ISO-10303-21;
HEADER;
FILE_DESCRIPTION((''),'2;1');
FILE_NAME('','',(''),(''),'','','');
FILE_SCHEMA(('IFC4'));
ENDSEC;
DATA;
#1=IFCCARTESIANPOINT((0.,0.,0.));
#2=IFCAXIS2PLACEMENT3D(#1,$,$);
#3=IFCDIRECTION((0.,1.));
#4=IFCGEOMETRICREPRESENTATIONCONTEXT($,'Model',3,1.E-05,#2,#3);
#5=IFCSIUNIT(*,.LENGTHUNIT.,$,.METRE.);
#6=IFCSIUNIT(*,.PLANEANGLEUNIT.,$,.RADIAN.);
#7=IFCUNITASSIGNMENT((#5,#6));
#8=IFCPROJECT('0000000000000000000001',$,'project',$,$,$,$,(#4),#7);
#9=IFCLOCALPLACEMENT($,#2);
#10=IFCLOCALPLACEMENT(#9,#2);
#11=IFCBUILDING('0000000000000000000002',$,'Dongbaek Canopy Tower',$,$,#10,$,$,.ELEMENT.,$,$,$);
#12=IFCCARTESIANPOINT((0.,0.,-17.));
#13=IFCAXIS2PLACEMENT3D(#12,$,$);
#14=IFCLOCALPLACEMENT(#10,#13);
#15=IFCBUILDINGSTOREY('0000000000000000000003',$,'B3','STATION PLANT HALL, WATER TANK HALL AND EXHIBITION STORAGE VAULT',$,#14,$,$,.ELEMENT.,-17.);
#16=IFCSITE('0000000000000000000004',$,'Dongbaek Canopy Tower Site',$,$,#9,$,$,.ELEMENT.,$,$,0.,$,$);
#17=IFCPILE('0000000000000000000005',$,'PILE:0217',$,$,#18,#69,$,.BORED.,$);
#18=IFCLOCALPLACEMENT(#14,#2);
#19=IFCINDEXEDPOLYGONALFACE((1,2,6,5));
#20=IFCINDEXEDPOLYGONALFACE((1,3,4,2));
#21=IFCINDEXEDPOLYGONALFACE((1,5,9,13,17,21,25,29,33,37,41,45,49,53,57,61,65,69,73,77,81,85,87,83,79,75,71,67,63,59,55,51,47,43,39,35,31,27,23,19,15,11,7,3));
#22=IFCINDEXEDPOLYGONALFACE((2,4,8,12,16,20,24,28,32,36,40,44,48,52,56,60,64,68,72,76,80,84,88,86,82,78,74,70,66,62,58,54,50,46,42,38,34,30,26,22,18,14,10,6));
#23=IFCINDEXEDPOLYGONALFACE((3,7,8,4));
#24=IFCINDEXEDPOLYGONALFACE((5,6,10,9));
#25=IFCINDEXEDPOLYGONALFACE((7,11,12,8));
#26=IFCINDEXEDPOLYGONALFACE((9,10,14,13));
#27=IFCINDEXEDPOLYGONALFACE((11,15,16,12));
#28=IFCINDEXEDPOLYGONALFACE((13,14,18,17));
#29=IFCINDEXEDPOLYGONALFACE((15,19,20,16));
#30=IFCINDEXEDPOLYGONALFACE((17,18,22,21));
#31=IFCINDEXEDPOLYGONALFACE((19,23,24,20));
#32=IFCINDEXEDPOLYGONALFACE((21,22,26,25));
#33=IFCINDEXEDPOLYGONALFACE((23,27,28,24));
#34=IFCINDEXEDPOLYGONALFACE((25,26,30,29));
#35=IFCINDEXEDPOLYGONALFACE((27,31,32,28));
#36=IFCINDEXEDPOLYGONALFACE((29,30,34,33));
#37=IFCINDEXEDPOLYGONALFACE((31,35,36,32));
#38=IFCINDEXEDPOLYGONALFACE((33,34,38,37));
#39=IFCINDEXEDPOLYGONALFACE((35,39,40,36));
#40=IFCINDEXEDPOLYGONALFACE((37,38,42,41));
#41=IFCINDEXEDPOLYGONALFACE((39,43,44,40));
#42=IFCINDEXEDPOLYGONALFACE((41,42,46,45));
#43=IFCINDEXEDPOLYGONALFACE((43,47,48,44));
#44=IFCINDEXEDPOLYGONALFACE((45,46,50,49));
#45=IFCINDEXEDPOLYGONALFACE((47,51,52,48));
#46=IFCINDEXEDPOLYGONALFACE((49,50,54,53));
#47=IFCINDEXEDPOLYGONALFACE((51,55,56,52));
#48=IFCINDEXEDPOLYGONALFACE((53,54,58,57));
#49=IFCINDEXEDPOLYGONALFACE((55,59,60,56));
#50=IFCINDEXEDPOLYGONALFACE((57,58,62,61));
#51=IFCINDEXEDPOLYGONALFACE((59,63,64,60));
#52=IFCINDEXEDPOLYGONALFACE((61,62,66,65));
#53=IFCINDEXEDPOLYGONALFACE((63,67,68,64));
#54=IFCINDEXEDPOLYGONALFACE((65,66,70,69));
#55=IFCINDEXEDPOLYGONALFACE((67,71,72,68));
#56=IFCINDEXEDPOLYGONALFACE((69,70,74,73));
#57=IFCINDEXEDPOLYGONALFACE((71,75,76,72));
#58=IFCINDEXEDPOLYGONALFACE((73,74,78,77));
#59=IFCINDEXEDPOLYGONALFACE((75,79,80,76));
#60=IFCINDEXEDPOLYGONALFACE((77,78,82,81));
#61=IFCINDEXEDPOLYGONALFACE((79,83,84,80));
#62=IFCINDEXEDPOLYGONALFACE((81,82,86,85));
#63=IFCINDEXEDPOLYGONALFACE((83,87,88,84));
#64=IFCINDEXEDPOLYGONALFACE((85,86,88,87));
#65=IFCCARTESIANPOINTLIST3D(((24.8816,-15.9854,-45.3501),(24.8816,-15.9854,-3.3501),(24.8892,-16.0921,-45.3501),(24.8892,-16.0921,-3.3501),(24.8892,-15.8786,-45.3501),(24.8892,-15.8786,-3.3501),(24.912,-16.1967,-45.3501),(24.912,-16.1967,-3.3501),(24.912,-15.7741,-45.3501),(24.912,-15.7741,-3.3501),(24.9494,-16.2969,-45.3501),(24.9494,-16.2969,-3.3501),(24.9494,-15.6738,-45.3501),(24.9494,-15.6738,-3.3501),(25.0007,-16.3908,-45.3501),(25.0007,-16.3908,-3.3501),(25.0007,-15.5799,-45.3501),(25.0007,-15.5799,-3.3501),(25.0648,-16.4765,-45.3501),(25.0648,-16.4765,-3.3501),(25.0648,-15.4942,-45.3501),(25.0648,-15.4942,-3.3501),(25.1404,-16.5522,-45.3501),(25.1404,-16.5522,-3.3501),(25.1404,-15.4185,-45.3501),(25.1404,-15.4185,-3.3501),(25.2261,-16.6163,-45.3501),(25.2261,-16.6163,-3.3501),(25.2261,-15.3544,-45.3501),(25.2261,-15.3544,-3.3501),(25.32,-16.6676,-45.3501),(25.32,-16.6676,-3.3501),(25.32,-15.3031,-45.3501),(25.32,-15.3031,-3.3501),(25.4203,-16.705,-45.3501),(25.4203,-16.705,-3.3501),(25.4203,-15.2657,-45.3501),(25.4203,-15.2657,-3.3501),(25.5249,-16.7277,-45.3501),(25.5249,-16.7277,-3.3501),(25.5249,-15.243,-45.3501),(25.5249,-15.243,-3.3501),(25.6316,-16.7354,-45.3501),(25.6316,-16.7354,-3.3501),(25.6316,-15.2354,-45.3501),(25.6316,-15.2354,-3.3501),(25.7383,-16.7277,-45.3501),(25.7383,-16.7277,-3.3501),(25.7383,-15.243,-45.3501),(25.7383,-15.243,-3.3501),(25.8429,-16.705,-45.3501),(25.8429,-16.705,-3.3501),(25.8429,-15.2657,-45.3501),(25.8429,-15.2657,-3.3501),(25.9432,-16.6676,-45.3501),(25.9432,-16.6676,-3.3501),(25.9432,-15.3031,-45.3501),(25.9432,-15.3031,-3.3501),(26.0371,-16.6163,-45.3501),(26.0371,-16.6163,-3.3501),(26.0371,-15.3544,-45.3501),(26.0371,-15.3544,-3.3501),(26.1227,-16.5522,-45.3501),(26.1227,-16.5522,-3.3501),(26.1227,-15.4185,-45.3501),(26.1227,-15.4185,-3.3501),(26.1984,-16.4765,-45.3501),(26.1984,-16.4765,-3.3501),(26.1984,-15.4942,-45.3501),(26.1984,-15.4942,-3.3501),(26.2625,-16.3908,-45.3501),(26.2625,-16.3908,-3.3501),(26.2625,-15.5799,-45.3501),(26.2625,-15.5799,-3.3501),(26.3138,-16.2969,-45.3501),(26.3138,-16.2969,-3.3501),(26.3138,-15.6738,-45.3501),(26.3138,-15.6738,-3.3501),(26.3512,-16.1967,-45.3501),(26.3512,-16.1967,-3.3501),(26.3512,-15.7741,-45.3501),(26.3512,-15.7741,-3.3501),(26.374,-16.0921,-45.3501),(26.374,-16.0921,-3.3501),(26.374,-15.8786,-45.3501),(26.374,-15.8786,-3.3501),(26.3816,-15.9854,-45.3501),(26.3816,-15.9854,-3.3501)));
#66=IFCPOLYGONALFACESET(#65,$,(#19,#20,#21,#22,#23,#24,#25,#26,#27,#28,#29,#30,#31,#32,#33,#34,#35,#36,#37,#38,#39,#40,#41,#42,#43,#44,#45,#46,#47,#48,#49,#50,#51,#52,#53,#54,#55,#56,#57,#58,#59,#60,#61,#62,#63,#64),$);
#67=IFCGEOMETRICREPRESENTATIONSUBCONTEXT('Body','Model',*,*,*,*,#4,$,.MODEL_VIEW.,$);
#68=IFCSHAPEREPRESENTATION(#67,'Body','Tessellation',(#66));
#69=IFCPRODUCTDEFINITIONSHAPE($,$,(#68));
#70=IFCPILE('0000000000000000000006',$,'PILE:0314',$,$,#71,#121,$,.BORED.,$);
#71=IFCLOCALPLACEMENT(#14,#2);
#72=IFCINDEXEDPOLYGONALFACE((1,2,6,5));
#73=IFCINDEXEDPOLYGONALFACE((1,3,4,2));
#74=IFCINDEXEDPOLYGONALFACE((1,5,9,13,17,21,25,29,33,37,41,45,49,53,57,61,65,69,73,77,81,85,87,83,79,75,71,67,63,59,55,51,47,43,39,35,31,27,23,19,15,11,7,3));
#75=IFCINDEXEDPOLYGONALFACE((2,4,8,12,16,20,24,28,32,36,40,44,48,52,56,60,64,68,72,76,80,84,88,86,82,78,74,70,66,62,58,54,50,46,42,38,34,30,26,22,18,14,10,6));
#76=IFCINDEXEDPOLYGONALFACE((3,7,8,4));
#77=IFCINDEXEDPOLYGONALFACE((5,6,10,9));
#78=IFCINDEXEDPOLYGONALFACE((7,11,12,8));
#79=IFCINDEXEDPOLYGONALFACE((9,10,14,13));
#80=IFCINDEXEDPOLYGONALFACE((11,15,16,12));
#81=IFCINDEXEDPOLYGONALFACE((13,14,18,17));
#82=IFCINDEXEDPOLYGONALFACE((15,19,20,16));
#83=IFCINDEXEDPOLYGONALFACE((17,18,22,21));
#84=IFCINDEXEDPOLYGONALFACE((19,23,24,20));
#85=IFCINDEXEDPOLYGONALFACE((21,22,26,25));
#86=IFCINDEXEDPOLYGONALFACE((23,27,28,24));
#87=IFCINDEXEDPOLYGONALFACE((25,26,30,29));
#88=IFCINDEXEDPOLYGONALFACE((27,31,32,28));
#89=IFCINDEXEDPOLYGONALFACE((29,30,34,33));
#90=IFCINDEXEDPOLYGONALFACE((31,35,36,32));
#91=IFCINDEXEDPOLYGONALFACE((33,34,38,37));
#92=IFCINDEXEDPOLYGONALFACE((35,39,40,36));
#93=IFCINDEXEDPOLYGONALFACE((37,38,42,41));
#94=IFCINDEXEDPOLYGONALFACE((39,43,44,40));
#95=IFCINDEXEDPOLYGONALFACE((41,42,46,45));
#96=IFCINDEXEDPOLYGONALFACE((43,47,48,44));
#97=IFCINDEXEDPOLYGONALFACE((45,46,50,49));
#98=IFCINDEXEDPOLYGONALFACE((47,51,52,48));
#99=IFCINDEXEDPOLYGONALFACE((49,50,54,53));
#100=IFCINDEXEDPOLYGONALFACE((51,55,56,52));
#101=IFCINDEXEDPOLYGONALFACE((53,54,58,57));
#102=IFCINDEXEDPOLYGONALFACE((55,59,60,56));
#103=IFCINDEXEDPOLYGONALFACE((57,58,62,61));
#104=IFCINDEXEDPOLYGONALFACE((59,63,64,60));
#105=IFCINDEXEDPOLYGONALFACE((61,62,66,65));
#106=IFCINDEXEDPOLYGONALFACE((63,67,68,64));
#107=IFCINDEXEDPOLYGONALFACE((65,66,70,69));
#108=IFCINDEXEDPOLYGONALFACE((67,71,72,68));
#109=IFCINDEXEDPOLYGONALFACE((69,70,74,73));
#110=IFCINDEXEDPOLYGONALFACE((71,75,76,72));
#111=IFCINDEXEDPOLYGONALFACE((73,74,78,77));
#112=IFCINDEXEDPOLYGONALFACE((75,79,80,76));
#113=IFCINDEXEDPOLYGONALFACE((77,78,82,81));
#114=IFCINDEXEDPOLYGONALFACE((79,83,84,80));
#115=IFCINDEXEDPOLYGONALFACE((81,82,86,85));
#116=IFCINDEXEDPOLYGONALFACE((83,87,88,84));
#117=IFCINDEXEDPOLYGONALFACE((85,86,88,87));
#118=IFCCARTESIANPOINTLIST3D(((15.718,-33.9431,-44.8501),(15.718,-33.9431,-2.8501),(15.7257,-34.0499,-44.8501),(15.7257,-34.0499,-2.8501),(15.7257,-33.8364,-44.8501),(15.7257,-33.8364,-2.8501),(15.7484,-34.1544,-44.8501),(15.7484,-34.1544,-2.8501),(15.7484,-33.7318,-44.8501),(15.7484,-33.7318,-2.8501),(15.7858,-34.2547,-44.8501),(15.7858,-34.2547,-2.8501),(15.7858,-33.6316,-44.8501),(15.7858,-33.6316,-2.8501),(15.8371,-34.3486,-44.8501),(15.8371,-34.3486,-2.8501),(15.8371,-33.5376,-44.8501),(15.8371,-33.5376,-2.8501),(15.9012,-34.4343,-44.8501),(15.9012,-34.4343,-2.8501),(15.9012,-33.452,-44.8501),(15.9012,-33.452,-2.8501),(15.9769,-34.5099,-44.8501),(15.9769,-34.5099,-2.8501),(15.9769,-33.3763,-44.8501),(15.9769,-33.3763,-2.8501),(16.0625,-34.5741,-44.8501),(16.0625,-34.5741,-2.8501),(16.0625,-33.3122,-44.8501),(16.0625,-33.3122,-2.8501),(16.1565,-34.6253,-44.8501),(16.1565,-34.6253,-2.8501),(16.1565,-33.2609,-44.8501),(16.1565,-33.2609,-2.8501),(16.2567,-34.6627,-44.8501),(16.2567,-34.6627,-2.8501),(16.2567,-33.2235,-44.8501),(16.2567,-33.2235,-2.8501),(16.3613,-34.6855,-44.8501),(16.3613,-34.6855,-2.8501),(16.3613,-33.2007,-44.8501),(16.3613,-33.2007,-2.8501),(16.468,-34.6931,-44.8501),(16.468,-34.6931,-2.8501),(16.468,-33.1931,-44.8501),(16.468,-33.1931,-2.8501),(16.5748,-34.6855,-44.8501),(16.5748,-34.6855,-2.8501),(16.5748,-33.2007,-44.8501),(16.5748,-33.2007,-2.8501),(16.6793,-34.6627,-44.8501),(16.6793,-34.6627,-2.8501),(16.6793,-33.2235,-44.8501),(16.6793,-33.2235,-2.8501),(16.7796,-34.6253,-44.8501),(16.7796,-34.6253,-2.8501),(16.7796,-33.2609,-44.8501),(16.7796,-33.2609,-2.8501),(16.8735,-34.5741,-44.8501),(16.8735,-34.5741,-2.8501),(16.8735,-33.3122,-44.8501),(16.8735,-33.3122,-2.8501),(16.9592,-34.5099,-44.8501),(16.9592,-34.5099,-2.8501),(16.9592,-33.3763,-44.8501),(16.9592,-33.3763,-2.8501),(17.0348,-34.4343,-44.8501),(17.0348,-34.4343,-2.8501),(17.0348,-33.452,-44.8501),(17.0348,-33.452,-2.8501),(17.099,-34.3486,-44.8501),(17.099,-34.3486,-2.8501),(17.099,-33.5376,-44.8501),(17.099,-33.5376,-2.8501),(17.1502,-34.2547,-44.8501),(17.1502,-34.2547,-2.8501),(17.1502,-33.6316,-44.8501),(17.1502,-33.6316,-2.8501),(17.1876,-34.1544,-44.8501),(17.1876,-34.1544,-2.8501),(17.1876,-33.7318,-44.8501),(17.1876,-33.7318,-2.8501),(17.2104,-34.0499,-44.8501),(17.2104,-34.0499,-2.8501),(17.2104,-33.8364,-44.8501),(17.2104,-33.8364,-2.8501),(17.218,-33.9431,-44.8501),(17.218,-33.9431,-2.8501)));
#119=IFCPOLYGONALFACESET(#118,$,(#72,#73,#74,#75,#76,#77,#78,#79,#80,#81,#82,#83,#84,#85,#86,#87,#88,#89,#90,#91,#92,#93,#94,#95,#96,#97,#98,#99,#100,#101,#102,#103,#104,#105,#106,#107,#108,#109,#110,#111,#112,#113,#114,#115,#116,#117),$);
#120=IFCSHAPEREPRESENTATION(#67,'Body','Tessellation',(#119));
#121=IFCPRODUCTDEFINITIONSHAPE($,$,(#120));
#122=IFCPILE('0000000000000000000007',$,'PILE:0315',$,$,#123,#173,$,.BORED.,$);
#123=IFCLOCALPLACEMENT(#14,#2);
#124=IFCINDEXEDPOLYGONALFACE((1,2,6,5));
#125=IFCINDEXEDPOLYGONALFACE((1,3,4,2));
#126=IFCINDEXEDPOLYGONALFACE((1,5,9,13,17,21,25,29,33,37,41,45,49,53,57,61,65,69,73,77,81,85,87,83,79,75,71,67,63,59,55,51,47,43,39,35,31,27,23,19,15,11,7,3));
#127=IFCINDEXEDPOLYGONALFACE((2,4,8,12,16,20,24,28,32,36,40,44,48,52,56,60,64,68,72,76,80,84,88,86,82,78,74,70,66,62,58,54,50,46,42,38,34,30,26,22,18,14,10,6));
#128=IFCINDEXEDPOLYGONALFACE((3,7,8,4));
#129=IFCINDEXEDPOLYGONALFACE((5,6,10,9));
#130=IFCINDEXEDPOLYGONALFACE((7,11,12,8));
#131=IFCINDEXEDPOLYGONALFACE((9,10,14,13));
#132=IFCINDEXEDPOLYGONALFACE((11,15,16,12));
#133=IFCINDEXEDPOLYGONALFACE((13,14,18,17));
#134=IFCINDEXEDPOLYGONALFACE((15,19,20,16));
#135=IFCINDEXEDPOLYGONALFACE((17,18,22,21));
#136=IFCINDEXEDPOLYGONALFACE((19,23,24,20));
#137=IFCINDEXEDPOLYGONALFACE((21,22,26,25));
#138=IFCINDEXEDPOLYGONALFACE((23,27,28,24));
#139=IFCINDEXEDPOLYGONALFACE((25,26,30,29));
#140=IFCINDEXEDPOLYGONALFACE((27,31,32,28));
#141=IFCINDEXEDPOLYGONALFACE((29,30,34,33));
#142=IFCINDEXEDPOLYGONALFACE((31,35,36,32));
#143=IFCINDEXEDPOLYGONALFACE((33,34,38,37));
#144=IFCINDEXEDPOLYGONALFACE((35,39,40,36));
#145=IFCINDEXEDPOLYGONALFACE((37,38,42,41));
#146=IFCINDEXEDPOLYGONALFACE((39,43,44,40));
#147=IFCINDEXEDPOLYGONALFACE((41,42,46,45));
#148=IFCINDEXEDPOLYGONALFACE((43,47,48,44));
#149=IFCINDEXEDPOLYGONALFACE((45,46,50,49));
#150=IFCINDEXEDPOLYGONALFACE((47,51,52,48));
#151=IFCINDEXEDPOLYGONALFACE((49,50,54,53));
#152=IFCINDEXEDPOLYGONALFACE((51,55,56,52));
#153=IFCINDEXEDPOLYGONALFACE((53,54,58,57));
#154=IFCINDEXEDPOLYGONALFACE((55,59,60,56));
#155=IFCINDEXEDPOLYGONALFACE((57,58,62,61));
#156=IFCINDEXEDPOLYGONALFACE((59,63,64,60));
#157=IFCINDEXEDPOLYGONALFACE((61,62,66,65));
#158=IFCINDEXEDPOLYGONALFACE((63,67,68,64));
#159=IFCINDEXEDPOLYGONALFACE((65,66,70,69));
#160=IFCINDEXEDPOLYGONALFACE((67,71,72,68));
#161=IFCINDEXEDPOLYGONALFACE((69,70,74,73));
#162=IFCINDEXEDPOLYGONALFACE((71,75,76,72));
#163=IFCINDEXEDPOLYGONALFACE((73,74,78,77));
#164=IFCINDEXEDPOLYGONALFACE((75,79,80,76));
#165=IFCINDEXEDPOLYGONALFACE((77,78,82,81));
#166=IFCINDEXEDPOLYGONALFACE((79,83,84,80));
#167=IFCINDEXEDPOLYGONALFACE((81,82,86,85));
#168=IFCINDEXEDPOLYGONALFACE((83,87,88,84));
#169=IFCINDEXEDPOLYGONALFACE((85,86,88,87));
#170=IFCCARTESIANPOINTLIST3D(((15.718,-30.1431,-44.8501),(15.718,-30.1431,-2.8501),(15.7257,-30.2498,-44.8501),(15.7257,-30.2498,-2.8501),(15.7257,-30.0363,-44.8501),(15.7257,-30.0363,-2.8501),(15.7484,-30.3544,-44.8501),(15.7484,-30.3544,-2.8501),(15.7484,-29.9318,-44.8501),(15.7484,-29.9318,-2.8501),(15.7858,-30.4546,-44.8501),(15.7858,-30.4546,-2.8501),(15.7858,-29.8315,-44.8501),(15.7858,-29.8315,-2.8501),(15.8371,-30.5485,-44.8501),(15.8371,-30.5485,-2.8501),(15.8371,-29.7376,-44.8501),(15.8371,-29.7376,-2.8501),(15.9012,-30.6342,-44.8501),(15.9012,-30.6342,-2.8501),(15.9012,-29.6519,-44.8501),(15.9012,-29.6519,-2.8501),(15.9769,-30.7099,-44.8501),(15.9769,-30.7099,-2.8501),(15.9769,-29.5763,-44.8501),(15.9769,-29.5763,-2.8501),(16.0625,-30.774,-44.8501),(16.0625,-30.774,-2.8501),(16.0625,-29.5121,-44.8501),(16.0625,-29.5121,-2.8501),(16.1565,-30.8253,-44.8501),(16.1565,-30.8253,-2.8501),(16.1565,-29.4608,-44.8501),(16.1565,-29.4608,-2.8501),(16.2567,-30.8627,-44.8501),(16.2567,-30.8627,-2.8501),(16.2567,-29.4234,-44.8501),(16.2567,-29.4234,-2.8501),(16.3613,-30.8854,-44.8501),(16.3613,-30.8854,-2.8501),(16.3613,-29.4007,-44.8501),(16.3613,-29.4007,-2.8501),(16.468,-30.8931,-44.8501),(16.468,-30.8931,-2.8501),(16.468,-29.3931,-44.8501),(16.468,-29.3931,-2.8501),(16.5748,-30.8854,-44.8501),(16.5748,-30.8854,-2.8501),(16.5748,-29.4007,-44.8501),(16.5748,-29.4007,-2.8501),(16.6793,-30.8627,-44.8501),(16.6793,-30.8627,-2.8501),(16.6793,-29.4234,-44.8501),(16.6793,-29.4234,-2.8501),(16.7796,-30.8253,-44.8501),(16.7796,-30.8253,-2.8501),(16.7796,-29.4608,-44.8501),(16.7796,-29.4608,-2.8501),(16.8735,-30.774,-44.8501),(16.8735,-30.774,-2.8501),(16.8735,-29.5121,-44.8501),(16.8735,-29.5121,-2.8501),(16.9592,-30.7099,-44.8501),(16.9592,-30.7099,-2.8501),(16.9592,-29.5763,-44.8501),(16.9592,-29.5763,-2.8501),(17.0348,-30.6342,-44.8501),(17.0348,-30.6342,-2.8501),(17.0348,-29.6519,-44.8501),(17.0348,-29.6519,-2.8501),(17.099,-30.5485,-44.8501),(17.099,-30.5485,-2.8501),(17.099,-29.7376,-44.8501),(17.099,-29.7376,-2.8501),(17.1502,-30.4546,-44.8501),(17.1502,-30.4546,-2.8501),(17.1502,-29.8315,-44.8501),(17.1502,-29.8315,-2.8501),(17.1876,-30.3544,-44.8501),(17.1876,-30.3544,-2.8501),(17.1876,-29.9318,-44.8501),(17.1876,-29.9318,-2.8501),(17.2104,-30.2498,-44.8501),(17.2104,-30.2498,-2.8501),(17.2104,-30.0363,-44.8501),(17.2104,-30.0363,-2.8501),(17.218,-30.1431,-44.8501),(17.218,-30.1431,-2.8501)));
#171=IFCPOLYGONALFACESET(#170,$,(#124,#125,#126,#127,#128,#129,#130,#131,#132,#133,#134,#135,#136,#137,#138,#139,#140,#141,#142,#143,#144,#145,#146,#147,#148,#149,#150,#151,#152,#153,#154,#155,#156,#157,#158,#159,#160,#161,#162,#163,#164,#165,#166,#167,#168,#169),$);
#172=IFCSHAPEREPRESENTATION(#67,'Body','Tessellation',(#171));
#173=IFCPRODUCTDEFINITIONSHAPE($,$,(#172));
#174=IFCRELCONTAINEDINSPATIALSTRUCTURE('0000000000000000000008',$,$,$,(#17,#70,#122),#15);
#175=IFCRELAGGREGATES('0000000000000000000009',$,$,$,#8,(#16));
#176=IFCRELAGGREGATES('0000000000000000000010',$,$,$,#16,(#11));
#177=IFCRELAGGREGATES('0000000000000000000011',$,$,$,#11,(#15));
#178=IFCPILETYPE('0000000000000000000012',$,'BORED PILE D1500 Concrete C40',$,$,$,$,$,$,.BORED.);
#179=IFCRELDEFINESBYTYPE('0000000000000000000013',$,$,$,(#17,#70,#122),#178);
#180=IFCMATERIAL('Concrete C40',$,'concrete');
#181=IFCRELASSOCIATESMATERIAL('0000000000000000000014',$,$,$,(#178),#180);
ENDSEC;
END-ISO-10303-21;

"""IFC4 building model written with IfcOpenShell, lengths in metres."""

from ifc_helpers import new_model, si_unit, direction, frame, origin, origin_2d, place, context, subcontext, project, spatial, circle, extrude, material, material_profile, profile_set, type_object, element, save


model = new_model("IFC4")

# Units and contexts
model_context = context("Model", 3, precision=1e-05, world=origin(), true_north=direction((0.0, 1.0)))
body_context = subcontext(model_context, "Body", "Model", "MODEL_VIEW")
ifc_project = project(units=[si_unit("LENGTHUNIT", "METRE"), si_unit("PLANEANGLEUNIT", "RADIAN")], contexts=[model_context])

# Site, building, storey
site_placement = place(None, origin())
site = spatial("IfcSite", under=ifc_project, at=site_placement, Name="Dongbaek Canopy Tower Site", CompositionType="ELEMENT", RefElevation=0.0)
building_placement = place(site_placement, origin())
building = spatial("IfcBuilding", under=site, at=building_placement, Name="Dongbaek Canopy Tower", CompositionType="ELEMENT")
storey_placement = place(building_placement, frame((0.0, 0.0, -17.0)))
storey = spatial("IfcBuildingStorey", under=building, at=storey_placement, Name="B3", Description="STATION PLANT HALL, WATER TANK HALL AND EXHIBITION STORAGE VAULT", CompositionType="ELEMENT", Elevation=-17.0)

# Piles
ifc_material_1 = material(Name="Concrete C40", Category="concrete")
ifc_material_profile_1 = material_profile(ifc_material_1, circle(Radius=0.75, at=origin_2d()), Name="BORED PILE D1500 Concrete C40")
ifc_profile_set_1 = profile_set([ifc_material_profile_1], Name="Concrete C40")
pile_type = type_object("IfcPileType", Name="BORED PILE D1500 Concrete C40", PredefinedType="BORED", material=ifc_profile_set_1)
for number, where, z_axis, x_axis, name in (
    (1, (25.6316, -15.9854, -3.3501), (0.0, 0.0, -1.0), (1.0, 0.0, 0.0), "PILE:0217"),
    (2, (16.468, -33.9431, -2.8501), (0.0, 0.0, -1.0), (1.0, 0.0, 0.0), "PILE:0314"),
    (3, (16.468, -30.1431, -2.8501), (0.0, 0.0, -1.0), (1.0, 0.0, 0.0), "PILE:0315"),
):
    element("IfcPile", number, at=place(storey_placement, frame(where, z_axis=z_axis, x_axis=x_axis)), inside=storey, type_object=pile_type, Name=name, PredefinedType="BORED", context=body_context, shape_type="SweptSolid", body=[
        extrude(circle(Radius=0.75, at=origin_2d()), origin(), (0.0, 0.0, 1.0), 42.0),
    ])

save(model, "model.ifc")
